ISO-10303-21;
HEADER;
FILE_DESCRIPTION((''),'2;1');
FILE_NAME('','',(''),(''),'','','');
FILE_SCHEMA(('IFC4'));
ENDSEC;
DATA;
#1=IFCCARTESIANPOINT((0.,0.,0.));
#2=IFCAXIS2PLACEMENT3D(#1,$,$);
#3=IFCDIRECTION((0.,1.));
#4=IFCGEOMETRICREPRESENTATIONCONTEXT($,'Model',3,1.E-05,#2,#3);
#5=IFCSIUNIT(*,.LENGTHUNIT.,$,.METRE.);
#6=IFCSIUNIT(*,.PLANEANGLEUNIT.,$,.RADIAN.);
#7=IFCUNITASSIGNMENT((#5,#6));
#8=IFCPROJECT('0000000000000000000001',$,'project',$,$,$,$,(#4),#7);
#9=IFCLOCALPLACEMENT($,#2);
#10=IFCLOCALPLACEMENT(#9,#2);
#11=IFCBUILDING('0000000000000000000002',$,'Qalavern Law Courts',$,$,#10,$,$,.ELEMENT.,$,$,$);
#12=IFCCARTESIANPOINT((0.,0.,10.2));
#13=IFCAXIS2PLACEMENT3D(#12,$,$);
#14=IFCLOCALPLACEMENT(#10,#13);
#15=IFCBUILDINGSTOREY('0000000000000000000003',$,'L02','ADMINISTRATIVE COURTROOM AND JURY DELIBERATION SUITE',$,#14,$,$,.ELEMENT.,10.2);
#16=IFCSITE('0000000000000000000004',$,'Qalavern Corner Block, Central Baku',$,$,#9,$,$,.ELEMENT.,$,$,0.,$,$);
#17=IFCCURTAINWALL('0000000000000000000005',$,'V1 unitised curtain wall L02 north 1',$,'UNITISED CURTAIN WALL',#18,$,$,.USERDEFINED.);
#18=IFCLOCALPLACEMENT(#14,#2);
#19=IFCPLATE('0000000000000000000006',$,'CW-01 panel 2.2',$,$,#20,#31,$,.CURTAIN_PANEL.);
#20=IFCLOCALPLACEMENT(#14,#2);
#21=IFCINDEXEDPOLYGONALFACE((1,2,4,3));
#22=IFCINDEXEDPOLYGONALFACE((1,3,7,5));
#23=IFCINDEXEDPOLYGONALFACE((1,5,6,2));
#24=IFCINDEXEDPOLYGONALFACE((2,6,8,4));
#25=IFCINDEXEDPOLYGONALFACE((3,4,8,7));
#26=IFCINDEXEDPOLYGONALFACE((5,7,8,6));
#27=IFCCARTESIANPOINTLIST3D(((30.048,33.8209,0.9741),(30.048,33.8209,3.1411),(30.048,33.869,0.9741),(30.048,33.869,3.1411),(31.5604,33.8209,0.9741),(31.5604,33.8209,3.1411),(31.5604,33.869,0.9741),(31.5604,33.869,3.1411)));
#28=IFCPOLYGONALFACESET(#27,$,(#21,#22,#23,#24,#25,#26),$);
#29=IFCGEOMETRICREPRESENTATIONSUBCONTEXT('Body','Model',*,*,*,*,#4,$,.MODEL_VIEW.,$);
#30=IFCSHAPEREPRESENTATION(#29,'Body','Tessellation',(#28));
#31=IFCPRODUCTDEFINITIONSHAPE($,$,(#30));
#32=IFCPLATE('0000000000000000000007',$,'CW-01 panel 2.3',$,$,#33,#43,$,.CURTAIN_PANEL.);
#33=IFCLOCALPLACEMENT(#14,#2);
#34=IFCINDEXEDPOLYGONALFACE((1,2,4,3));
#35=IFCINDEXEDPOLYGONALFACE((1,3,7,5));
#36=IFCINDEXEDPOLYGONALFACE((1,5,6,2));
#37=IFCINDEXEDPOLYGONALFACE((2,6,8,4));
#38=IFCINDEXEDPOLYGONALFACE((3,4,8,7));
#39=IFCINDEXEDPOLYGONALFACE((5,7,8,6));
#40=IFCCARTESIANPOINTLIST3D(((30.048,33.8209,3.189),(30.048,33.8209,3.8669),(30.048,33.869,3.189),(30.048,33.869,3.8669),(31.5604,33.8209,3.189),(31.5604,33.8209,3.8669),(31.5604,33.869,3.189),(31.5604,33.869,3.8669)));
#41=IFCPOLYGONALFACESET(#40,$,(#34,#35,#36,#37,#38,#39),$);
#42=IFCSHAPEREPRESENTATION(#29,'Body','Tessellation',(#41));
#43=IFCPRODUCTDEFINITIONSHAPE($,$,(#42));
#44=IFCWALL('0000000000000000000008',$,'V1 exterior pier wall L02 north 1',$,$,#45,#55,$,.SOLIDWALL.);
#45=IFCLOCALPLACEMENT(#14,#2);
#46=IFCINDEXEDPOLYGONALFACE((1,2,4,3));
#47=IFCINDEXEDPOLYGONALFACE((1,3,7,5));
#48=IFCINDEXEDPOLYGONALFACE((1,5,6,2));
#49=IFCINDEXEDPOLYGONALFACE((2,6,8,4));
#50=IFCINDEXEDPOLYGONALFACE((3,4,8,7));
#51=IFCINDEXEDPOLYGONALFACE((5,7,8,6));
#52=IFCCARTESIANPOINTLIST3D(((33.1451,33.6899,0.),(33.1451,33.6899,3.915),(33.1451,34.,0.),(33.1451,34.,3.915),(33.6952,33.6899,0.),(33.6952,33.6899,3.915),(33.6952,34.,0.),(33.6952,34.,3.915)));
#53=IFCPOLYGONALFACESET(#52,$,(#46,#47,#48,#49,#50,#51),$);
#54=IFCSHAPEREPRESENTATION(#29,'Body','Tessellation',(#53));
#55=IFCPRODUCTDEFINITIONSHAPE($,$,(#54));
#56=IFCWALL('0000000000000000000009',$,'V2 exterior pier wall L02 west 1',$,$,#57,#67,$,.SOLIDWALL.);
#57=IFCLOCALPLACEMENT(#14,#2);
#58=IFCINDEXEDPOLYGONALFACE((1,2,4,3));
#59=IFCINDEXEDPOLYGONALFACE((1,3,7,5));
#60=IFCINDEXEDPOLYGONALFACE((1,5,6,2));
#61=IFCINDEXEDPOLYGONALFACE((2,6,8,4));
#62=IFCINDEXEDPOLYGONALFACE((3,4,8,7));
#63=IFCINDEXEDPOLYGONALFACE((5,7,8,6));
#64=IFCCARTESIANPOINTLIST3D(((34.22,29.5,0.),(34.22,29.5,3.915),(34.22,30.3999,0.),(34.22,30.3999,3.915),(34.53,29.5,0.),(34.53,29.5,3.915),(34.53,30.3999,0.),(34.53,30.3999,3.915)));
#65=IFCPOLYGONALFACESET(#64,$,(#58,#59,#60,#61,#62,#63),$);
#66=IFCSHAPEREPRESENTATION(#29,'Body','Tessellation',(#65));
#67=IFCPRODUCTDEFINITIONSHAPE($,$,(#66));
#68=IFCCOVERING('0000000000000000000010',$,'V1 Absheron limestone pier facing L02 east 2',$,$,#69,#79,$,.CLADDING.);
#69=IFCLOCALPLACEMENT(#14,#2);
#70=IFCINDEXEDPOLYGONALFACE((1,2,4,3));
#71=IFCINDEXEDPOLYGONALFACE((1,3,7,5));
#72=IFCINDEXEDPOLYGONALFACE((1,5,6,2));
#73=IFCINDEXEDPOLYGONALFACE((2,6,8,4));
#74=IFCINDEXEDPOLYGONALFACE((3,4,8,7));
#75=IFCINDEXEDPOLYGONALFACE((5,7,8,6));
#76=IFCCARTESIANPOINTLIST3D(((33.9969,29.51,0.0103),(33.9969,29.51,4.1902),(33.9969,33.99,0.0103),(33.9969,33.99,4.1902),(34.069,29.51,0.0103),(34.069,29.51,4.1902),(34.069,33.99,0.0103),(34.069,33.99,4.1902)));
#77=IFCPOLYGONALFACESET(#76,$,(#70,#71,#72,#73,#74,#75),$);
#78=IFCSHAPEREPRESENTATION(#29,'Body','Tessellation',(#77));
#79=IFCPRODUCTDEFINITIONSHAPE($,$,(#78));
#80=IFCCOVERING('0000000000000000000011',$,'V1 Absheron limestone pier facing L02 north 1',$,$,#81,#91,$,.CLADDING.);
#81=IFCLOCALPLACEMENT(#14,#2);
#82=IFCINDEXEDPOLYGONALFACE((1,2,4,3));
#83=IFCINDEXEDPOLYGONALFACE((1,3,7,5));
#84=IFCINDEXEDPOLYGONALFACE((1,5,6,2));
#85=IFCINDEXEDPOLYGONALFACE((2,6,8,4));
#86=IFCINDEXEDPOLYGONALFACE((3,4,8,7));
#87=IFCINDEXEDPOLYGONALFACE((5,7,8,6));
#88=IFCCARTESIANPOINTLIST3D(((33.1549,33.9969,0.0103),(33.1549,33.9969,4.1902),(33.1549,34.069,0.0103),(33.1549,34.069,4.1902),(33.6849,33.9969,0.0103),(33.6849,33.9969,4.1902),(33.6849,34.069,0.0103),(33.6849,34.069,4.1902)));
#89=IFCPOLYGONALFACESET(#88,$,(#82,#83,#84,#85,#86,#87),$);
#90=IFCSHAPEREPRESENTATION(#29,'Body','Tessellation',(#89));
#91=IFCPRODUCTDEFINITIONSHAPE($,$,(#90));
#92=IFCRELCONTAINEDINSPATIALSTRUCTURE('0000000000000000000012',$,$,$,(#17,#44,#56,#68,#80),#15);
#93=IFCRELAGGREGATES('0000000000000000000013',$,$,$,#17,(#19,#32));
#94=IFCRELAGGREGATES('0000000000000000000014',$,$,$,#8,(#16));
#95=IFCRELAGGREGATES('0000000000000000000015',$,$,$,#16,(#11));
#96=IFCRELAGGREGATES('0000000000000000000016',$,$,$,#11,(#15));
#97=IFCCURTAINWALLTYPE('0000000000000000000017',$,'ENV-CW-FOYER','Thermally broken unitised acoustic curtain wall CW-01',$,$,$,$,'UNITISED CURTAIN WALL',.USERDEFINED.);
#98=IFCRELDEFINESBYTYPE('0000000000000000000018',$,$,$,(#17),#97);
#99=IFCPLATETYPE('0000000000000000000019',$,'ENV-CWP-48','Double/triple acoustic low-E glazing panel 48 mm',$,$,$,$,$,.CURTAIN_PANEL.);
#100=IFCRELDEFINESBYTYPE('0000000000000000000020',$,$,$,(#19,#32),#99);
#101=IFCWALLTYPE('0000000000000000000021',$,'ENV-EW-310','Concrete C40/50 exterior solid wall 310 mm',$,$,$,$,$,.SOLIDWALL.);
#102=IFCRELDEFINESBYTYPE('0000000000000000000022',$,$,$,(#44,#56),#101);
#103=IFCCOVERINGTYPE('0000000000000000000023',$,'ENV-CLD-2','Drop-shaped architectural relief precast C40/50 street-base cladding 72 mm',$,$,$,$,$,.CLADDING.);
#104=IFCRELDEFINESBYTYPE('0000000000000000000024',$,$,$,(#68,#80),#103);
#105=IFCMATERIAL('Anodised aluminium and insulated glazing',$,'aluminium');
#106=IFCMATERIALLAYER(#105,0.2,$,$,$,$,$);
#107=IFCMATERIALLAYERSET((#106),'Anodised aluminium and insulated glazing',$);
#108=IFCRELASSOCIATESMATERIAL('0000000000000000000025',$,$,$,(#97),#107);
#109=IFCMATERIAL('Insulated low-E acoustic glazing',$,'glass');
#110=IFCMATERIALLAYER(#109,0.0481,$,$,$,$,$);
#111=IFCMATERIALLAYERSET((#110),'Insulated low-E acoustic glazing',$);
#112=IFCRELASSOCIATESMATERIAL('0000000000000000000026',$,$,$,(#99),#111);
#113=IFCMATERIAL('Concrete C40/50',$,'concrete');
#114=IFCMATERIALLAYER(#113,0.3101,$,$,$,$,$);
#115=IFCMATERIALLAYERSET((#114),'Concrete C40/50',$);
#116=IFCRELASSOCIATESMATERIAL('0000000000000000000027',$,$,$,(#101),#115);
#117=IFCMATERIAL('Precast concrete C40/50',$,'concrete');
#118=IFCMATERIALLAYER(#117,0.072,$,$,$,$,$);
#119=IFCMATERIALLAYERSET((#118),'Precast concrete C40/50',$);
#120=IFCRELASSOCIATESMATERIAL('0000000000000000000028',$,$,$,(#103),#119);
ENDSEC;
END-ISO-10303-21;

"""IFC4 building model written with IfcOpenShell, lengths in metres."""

from ifc_helpers import new_model, si_unit, direction, frame, frame_2d, origin, origin_2d, place, context, subcontext, project, spatial, rectangle, extrude, material, layer, layer_set, type_object, element, aggregate, save


model = new_model("IFC4")

# Units and contexts
model_context = context("Model", 3, precision=1e-05, world=origin(), true_north=direction((0.0, 1.0)))
body_context = subcontext(model_context, "Body", "Model", "MODEL_VIEW")
ifc_project = project(units=[si_unit("LENGTHUNIT", "METRE"), si_unit("PLANEANGLEUNIT", "RADIAN")], contexts=[model_context])

# Site, building, storey
site_placement = place(None, origin())
site = spatial("IfcSite", under=ifc_project, at=site_placement, Name="Qalavern Corner Block, Central Baku", CompositionType="ELEMENT", RefElevation=0.0)
building_placement = place(site_placement, origin())
building = spatial("IfcBuilding", under=site, at=building_placement, Name="Qalavern Law Courts", CompositionType="ELEMENT")
storey_placement = place(building_placement, frame((0.0, 0.0, 10.2)))
storey = spatial("IfcBuildingStorey", under=building, at=storey_placement, Name="L02", Description="ADMINISTRATIVE COURTROOM AND JURY DELIBERATION SUITE", CompositionType="ELEMENT", Elevation=10.2)

# Curtain wall
ifc_material_1 = material(Name="Anodised aluminium and insulated glazing", Category="aluminium")
ifc_layer_1 = layer(ifc_material_1, 0.2)
ifc_layer_set_1 = layer_set([ifc_layer_1], Name="Anodised aluminium and insulated glazing")
curtain_wall_type = type_object("IfcCurtainWallType", Name="ENV-CW-FOYER", Description="Thermally broken unitised acoustic curtain wall CW-01", ElementType="UNITISED CURTAIN WALL", PredefinedType="USERDEFINED", material=ifc_layer_set_1)
curtain_wall_placement = place(storey_placement, origin())
curtain_wall = element("IfcCurtainWall", 1, at=curtain_wall_placement, inside=storey, type_object=curtain_wall_type, Name="V1 unitised curtain wall L02 north 1", ObjectType="UNITISED CURTAIN WALL", PredefinedType="USERDEFINED")

# Plates
ifc_material_2 = material(Name="Insulated low-E acoustic glazing", Category="glass")
ifc_layer_2 = layer(ifc_material_2, 0.0481)
ifc_layer_set_2 = layer_set([ifc_layer_2], Name="Insulated low-E acoustic glazing")
plate_type = type_object("IfcPlateType", Name="ENV-CWP-48", Description="Double/triple acoustic low-E glazing panel 48 mm", PredefinedType="CURTAIN_PANEL", material=ifc_layer_set_2)
plate_1_placement = place(storey_placement, frame((30.8042, 33.845, 0.9741), z_axis=(0.0, 0.0, 1.0), x_axis=(-1.0, 0.0, 0.0)))
plate_1 = element("IfcPlate", 2, at=plate_1_placement, type_object=plate_type, Name="CW-01 panel 2.2", PredefinedType="CURTAIN_PANEL", context=body_context, shape_type="SweptSolid", body=[
    extrude(rectangle(XDim=1.5125, YDim=0.0481, at=origin_2d()), origin(), (0.0, 0.0, 1.0), 2.167),
])
plate_2_placement = place(storey_placement, frame((30.8042, 33.845, 3.189), z_axis=(0.0, 0.0, 1.0), x_axis=(-1.0, 0.0, 0.0)))
plate_2 = element("IfcPlate", 3, at=plate_2_placement, type_object=plate_type, Name="CW-01 panel 2.3", PredefinedType="CURTAIN_PANEL", context=body_context, shape_type="SweptSolid", body=[
    extrude(rectangle(XDim=1.5125, YDim=0.0481, at=origin_2d()), origin(), (0.0, 0.0, 1.0), 0.678),
])
aggregate(curtain_wall, [plate_1, plate_2])

# Walls
ifc_material_3 = material(Name="Concrete C40/50", Category="concrete")
ifc_layer_3 = layer(ifc_material_3, 0.3101)
ifc_layer_set_3 = layer_set([ifc_layer_3], Name="Concrete C40/50")
wall_type = type_object("IfcWallType", Name="ENV-EW-310", Description="Concrete C40/50 exterior solid wall 310 mm", PredefinedType="SOLIDWALL", material=ifc_layer_set_3)
wall_1_placement = place(storey_placement, frame((33.6951, 33.845, 0.0), z_axis=(0.0, 0.0, 1.0), x_axis=(-1.0, 0.0, 0.0)))
element("IfcWall", 4, at=wall_1_placement, inside=storey, type_object=wall_type, Name="V1 exterior pier wall L02 north 1", PredefinedType="SOLIDWALL", context=body_context, shape_type="SweptSolid", body=[
    extrude(rectangle(XDim=0.55, YDim=0.3101, at=frame_2d((0.2749, 0.0))), origin(), (0.0, 0.0, 1.0), 3.915),
])
wall_2_placement = place(storey_placement, frame((34.375, 30.3999, 0.0), z_axis=(0.0, 0.0, 1.0), x_axis=(0.0, -1.0, 0.0)))
element("IfcWall", 5, at=wall_2_placement, inside=storey, type_object=wall_type, Name="V2 exterior pier wall L02 west 1", PredefinedType="SOLIDWALL", context=body_context, shape_type="SweptSolid", body=[
    extrude(rectangle(XDim=0.8999, YDim=0.3101, at=frame_2d((0.45, 0.0))), origin(), (0.0, 0.0, 1.0), 3.915),
])

# Coverings
ifc_material_4 = material(Name="Precast concrete C40/50", Category="concrete")
ifc_layer_4 = layer(ifc_material_4, 0.072)
ifc_layer_set_4 = layer_set([ifc_layer_4], Name="Precast concrete C40/50")
covering_type = type_object("IfcCoveringType", Name="ENV-CLD-2", Description="Drop-shaped architectural relief precast C40/50 street-base cladding 72 mm", PredefinedType="CLADDING", material=ifc_layer_set_4)
covering_1_placement = place(storey_placement, frame((34.033, 31.75, 0.0103), z_axis=(0.0, 0.0, 1.0), x_axis=(0.0, 1.0, 0.0)))
element("IfcCovering", 6, at=covering_1_placement, inside=storey, type_object=covering_type, Name="V1 Absheron limestone pier facing L02 east 2", PredefinedType="CLADDING", context=body_context, shape_type="SweptSolid", body=[
    extrude(rectangle(XDim=4.48, YDim=0.072, at=origin_2d()), origin(), (0.0, 0.0, 1.0), 4.1799),
])
covering_2_placement = place(storey_placement, frame((33.4199, 34.033, 0.0103), z_axis=(0.0, 0.0, 1.0), x_axis=(-1.0, 0.0, 0.0)))
element("IfcCovering", 7, at=covering_2_placement, inside=storey, type_object=covering_type, Name="V1 Absheron limestone pier facing L02 north 1", PredefinedType="CLADDING", context=body_context, shape_type="SweptSolid", body=[
    extrude(rectangle(XDim=0.53, YDim=0.072, at=origin_2d()), origin(), (0.0, 0.0, 1.0), 4.1799),
])

save(model, "model.ifc")
